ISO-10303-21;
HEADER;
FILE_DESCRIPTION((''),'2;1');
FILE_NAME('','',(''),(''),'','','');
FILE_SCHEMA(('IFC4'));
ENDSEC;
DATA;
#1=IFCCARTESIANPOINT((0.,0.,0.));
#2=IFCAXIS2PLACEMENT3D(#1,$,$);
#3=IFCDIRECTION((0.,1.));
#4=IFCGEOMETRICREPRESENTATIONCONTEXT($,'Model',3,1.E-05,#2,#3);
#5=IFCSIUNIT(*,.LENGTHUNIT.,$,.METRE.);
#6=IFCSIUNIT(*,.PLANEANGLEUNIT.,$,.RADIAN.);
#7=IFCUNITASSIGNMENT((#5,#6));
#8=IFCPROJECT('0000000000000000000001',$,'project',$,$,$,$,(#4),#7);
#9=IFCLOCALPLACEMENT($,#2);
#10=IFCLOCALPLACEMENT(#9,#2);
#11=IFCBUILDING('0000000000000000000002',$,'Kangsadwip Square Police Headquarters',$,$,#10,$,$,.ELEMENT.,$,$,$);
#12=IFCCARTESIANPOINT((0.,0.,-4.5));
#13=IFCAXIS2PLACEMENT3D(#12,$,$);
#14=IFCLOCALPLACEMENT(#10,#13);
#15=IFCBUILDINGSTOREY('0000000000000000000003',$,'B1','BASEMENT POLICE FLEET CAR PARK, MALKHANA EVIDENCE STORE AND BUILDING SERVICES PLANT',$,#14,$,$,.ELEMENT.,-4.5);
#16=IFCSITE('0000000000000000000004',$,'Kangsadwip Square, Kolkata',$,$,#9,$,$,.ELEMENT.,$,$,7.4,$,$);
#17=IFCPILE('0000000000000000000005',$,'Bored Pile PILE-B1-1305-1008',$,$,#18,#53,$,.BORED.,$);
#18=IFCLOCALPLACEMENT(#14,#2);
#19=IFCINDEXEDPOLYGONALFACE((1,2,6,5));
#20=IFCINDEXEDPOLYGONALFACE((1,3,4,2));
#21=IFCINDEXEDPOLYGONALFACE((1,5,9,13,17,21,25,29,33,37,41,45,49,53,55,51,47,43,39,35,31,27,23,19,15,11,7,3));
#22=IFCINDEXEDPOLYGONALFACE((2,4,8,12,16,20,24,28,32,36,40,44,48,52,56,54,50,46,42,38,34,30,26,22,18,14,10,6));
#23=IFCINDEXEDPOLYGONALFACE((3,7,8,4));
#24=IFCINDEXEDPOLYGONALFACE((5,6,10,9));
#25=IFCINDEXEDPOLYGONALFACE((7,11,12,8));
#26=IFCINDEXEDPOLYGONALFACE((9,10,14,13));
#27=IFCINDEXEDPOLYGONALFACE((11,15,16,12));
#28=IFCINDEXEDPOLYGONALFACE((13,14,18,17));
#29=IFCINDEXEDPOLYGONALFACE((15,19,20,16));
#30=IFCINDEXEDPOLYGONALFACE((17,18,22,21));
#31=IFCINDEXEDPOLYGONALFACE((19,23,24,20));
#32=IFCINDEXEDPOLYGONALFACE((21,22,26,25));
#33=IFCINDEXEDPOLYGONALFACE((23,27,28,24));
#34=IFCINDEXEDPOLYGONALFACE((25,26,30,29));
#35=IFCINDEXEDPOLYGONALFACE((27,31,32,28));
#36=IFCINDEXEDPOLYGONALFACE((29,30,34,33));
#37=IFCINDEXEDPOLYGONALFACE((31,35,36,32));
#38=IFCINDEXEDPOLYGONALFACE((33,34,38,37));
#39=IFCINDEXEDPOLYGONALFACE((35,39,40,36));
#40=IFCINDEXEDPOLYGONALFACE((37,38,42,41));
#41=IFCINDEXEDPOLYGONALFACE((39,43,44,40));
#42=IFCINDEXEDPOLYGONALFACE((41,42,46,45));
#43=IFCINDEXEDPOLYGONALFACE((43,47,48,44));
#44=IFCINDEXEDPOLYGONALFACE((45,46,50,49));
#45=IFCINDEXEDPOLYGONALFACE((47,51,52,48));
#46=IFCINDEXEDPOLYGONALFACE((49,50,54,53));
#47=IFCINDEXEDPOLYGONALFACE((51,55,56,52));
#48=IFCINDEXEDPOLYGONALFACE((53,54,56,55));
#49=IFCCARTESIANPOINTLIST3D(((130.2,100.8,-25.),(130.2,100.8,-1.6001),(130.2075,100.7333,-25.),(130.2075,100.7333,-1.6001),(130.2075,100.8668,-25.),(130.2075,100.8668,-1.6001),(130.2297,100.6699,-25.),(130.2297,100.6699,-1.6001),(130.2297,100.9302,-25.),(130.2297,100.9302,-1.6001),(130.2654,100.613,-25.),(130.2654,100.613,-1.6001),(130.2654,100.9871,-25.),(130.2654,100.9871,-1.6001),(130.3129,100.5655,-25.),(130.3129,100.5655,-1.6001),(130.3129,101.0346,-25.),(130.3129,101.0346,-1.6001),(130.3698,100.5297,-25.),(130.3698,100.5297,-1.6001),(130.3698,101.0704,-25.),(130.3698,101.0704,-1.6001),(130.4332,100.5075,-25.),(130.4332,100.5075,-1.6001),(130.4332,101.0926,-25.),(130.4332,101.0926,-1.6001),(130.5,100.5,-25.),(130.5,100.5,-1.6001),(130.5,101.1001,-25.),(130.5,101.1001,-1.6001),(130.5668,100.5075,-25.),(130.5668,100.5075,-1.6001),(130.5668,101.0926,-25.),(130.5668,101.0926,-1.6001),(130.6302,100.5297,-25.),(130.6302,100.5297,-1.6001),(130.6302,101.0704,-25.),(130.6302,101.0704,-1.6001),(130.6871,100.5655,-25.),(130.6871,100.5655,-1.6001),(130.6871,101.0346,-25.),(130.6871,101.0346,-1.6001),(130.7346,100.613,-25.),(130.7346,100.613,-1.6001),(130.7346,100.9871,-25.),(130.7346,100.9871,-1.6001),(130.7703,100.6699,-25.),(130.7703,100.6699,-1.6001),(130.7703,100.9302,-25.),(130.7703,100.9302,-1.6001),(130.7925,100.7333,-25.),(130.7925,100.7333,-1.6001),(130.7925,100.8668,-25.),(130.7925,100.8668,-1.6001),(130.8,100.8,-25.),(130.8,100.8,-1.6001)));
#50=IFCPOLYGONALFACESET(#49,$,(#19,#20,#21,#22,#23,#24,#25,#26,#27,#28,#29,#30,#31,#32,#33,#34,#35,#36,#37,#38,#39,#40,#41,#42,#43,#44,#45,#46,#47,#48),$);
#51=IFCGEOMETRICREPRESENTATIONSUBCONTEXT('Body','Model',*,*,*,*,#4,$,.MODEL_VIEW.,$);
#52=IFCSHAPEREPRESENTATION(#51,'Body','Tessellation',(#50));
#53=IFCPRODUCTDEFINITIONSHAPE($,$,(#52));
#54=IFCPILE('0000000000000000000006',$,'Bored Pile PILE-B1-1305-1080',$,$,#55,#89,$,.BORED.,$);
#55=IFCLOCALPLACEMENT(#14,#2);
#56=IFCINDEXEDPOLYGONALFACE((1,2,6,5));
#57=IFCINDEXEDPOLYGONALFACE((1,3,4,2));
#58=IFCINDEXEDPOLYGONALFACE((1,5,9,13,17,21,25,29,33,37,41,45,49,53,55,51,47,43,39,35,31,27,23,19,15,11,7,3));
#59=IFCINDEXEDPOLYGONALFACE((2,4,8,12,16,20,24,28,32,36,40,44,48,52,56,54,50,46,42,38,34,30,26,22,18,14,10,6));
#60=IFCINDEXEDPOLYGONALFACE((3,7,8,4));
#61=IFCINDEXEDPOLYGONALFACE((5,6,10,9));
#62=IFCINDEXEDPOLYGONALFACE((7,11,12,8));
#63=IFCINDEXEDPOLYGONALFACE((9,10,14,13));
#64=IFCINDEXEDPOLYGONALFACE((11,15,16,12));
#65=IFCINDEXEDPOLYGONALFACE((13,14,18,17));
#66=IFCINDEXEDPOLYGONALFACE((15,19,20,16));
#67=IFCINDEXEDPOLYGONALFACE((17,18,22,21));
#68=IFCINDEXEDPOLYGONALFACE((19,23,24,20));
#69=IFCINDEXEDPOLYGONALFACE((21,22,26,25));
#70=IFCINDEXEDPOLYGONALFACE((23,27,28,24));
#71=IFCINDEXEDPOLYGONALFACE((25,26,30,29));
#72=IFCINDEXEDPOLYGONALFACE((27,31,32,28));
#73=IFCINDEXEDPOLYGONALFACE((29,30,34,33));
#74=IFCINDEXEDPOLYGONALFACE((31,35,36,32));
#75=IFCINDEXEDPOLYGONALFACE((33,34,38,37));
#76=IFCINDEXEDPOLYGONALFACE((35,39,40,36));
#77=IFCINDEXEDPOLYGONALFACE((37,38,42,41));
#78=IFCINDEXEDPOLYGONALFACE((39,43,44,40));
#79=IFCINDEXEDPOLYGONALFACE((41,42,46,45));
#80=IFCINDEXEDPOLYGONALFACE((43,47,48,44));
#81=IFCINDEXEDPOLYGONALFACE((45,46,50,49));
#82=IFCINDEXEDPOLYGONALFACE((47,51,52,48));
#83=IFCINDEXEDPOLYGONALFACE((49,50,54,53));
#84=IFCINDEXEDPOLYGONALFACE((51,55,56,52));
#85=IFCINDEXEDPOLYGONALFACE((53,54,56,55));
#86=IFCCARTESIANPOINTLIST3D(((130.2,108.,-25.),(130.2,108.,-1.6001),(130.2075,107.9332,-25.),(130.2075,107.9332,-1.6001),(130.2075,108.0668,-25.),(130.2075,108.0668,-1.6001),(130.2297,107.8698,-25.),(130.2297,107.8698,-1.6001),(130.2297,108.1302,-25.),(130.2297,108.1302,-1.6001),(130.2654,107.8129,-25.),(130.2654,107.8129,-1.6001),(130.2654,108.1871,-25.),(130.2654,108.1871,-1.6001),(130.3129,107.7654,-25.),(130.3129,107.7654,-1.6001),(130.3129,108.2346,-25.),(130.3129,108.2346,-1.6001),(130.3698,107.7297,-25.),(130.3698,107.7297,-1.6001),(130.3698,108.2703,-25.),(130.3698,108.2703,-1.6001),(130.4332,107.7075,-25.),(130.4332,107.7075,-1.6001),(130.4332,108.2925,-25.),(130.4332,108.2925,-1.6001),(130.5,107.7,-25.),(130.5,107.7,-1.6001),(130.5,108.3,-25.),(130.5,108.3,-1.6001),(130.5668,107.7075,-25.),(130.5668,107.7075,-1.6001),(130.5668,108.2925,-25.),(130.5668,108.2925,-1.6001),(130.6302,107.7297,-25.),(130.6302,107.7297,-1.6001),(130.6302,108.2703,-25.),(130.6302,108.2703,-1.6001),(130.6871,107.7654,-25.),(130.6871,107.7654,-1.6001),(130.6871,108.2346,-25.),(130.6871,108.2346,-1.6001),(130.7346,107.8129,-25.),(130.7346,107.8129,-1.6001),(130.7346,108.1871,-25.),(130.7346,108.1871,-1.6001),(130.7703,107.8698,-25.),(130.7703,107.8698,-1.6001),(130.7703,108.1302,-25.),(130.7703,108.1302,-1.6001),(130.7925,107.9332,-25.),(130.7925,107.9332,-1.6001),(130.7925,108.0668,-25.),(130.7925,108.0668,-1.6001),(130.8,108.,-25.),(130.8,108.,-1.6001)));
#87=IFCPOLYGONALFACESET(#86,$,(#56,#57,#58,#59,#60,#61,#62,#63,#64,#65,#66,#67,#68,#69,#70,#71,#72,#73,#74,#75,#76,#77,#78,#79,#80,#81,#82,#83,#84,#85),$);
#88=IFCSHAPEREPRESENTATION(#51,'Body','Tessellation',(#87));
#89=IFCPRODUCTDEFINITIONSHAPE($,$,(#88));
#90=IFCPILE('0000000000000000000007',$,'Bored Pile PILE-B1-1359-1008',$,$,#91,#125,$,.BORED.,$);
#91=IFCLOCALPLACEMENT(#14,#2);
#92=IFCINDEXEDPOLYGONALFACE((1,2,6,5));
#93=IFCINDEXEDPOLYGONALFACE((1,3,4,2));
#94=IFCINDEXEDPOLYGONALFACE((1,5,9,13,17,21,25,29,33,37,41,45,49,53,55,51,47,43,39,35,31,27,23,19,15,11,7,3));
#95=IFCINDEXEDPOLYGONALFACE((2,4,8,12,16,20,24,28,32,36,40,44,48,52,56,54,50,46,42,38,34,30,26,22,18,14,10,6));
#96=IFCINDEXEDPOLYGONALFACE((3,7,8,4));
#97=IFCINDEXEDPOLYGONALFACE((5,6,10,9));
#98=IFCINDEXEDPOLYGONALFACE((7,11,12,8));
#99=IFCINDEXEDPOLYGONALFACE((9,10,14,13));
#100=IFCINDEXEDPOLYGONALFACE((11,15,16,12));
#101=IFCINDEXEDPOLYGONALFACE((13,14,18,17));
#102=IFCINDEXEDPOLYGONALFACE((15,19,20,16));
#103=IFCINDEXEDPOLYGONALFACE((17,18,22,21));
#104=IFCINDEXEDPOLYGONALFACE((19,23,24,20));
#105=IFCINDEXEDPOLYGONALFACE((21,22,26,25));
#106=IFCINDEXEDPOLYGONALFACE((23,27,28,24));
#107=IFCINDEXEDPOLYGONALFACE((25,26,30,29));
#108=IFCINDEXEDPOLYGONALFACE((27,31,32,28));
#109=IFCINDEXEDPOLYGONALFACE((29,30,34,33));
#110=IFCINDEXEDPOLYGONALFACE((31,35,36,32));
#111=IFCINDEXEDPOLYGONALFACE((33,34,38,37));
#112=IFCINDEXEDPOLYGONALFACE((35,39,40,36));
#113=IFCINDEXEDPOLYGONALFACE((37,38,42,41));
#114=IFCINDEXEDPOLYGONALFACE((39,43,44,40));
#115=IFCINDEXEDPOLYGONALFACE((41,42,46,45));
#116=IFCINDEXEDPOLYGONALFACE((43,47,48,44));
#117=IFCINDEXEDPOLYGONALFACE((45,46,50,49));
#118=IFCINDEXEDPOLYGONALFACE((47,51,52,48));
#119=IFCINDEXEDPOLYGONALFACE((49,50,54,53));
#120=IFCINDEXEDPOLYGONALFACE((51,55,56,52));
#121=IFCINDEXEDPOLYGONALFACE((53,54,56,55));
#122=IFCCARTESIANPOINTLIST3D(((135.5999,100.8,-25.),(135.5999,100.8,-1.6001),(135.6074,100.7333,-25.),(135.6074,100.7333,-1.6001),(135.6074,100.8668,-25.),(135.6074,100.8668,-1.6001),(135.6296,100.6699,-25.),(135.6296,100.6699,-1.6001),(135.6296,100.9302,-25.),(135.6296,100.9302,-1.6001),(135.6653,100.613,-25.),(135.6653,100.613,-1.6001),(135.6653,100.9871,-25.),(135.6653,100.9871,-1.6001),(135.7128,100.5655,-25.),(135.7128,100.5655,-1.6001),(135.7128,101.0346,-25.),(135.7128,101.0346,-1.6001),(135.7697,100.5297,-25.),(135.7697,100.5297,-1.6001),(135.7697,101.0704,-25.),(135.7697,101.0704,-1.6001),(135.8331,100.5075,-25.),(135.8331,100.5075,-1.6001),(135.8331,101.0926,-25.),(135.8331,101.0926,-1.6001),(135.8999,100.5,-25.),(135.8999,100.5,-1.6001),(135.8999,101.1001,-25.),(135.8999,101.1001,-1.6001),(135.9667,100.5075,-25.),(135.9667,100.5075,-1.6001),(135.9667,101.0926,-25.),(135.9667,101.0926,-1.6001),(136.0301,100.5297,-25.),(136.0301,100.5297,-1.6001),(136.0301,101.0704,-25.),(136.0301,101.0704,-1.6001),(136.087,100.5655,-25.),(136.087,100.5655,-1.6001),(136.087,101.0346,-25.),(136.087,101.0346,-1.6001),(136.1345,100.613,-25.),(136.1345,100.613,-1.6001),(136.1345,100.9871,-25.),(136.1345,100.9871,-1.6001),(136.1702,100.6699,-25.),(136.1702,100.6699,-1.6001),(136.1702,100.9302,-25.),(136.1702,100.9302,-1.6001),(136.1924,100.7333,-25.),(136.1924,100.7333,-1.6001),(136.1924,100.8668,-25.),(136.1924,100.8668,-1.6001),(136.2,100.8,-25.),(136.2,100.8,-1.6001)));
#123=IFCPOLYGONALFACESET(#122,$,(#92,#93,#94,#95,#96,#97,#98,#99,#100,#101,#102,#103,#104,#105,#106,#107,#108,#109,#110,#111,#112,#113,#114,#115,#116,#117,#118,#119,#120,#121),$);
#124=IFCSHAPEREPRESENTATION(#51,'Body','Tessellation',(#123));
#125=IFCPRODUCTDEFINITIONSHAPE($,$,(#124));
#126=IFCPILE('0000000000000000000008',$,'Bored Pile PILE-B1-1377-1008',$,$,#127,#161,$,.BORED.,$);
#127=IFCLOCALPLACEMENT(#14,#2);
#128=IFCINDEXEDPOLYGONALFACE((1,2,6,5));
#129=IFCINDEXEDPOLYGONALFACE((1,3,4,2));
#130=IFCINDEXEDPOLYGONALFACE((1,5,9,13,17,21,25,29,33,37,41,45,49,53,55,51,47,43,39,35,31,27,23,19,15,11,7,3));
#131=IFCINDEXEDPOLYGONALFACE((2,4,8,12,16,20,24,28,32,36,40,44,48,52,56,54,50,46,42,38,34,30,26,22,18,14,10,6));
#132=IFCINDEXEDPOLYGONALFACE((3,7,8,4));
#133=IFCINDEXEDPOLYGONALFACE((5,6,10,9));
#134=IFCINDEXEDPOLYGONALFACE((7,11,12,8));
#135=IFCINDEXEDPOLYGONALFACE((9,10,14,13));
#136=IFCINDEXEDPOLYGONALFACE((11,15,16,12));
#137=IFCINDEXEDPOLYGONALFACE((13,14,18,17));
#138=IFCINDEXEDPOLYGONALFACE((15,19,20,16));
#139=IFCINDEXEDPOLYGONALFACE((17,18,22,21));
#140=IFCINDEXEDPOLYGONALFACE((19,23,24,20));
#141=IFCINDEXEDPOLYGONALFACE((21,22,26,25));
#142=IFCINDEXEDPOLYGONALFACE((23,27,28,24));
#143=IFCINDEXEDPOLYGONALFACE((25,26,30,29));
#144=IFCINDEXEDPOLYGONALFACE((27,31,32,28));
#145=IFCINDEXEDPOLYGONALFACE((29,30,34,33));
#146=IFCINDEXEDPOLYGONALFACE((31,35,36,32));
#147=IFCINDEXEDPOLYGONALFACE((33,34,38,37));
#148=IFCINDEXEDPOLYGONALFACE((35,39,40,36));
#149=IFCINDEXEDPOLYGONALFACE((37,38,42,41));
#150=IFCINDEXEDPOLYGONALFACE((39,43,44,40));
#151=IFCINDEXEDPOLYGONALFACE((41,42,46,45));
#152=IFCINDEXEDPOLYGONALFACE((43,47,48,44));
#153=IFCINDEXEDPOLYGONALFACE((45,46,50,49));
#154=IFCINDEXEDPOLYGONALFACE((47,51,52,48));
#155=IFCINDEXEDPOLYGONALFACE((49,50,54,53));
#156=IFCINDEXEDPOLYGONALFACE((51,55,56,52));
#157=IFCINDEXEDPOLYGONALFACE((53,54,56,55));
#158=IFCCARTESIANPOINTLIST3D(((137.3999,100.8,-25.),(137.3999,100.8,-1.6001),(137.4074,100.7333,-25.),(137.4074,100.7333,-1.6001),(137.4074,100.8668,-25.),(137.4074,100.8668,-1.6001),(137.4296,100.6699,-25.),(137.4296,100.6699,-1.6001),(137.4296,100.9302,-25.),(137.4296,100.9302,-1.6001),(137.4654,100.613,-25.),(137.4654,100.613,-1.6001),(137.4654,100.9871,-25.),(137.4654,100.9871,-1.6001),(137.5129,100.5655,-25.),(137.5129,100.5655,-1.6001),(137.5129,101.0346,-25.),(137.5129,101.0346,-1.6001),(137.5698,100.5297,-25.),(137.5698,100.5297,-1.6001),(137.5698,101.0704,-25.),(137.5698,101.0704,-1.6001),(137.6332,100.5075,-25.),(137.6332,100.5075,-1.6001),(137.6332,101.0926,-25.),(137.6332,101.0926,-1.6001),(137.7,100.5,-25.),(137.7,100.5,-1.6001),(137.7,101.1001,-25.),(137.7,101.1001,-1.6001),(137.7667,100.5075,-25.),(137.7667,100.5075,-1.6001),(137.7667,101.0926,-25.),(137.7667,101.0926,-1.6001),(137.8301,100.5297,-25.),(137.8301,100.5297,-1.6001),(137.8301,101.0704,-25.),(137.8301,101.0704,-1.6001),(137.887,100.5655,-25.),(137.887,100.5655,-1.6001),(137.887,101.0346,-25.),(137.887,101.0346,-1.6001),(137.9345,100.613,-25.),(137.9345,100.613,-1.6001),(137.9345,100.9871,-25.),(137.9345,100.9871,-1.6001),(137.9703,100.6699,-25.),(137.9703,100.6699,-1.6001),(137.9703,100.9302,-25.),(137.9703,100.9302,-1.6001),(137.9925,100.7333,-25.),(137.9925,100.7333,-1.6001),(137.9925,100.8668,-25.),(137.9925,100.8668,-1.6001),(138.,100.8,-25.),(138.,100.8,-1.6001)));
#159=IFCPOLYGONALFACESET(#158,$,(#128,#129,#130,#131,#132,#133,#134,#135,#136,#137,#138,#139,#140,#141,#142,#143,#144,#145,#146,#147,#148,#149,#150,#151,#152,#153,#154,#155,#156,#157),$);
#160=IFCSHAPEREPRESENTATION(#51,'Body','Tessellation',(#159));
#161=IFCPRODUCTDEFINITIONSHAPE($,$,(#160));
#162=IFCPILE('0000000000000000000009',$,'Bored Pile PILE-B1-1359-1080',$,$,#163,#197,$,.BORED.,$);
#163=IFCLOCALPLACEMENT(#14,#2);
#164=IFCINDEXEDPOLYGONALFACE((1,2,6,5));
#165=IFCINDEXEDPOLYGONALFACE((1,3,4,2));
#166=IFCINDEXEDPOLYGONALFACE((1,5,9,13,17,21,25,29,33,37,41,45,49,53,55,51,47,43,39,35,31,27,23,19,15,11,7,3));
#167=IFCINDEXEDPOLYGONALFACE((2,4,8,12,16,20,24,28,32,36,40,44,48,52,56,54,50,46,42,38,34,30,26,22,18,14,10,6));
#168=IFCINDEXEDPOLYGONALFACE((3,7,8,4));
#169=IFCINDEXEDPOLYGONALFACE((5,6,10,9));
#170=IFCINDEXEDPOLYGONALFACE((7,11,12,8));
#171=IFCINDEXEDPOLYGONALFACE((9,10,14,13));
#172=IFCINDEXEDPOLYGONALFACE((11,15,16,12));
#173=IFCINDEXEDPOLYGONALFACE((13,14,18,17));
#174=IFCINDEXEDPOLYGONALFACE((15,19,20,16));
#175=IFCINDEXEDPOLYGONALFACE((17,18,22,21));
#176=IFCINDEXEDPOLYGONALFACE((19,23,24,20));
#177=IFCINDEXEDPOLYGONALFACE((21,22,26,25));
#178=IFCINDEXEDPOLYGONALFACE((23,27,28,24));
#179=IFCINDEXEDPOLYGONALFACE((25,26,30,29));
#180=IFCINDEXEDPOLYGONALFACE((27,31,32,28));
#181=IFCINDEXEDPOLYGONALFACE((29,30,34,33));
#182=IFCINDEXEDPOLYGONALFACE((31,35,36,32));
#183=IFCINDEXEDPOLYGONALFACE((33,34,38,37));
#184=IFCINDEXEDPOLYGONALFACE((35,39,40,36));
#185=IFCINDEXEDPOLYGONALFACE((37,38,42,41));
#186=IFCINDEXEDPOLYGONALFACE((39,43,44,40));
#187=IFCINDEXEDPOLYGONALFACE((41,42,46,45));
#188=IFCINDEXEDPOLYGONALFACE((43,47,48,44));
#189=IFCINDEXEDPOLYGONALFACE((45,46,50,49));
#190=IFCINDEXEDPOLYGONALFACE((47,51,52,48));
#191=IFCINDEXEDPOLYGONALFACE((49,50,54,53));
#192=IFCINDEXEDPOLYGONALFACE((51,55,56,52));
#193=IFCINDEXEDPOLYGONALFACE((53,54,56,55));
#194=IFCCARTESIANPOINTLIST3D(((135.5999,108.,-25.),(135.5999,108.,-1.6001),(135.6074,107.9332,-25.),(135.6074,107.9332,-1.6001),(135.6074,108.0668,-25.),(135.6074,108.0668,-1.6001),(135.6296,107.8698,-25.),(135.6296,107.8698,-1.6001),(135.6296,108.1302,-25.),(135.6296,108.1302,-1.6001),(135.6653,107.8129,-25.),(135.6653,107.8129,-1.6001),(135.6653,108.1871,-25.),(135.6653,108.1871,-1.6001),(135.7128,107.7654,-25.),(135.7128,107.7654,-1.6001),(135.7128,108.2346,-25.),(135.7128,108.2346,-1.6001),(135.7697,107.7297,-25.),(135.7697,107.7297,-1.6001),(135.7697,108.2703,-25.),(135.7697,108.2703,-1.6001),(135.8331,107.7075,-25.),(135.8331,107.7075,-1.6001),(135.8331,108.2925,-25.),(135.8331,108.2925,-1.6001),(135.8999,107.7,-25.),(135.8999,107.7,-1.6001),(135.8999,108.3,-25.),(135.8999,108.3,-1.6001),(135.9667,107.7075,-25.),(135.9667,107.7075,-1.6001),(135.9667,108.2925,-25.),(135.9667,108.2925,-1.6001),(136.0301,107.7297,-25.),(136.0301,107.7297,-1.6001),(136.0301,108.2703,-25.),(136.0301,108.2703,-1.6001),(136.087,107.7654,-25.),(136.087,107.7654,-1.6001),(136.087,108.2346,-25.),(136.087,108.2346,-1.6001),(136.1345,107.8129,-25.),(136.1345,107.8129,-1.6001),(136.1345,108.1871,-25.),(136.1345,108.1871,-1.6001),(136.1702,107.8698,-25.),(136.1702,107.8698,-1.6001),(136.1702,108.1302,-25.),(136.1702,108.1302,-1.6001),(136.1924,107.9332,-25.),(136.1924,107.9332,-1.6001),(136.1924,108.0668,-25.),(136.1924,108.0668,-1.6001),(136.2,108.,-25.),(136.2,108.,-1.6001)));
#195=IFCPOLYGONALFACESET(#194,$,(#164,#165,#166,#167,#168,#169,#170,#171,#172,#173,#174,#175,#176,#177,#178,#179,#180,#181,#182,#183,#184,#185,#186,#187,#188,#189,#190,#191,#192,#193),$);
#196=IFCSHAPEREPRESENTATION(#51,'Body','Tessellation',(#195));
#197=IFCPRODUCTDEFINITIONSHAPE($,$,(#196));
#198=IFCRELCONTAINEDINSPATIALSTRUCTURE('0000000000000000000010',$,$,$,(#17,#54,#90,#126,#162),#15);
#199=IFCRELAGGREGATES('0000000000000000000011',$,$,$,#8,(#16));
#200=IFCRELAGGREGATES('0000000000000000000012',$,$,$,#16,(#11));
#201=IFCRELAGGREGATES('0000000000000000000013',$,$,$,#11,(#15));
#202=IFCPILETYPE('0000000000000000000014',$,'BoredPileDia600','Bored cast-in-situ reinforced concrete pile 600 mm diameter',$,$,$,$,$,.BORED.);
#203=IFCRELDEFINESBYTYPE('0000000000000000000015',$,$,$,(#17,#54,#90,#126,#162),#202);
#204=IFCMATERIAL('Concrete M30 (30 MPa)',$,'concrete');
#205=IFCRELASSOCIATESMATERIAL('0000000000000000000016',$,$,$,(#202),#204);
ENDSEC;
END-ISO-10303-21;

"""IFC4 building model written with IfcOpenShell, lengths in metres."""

from ifc_helpers import new_model, si_unit, direction, frame, origin, origin_2d, place, context, subcontext, project, spatial, circle, extrude, material, material_profile, profile_set, type_object, element, save


model = new_model("IFC4")

# Units and contexts
model_context = context("Model", 3, precision=1e-05, world=origin(), true_north=direction((0.0, 1.0)))
body_context = subcontext(model_context, "Body", "Model", "MODEL_VIEW")
ifc_project = project(units=[si_unit("LENGTHUNIT", "METRE"), si_unit("PLANEANGLEUNIT", "RADIAN")], contexts=[model_context])

# Site, building, storey
site_placement = place(None, origin())
site = spatial("IfcSite", under=ifc_project, at=site_placement, Name="Kangsadwip Square, Kolkata", CompositionType="ELEMENT", RefElevation=7.4)
building_placement = place(site_placement, origin())
building = spatial("IfcBuilding", under=site, at=building_placement, Name="Kangsadwip Square Police Headquarters", CompositionType="ELEMENT")
storey_placement = place(building_placement, frame((0.0, 0.0, -4.5)))
storey = spatial("IfcBuildingStorey", under=building, at=storey_placement, Name="B1", Description="BASEMENT POLICE FLEET CAR PARK, MALKHANA EVIDENCE STORE AND BUILDING SERVICES PLANT", CompositionType="ELEMENT", Elevation=-4.5)

# Piles
ifc_material_1 = material(Name="Concrete M30 (30 MPa)", Category="concrete")
ifc_material_profile_1 = material_profile(ifc_material_1, circle(Radius=0.3, at=origin_2d()), Name="PILE DIA 600")
ifc_profile_set_1 = profile_set([ifc_material_profile_1], Name="Concrete M30 (30 MPa)")
pile_type_1 = type_object("IfcPileType", Name="BoredPileDia600", Description="Bored cast-in-situ reinforced concrete pile 600 mm diameter", PredefinedType="BORED", material=ifc_profile_set_1)
for number, where, z_axis, x_axis, name in (
    (1, (130.5, 100.8, -1.6001), (0.0, 0.0, -1.0), (1.0, 0.0, 0.0), "Bored Pile PILE-B1-1305-1008"),
    (2, (130.5, 108.0, -1.6001), (0.0, 0.0, -1.0), (1.0, 0.0, 0.0), "Bored Pile PILE-B1-1305-1080"),
    (3, (135.8999, 100.8, -1.6001), (0.0, 0.0, -1.0), (1.0, 0.0, 0.0), "Bored Pile PILE-B1-1359-1008"),
    (4, (137.7, 100.8, -1.6001), (0.0, 0.0, -1.0), (1.0, 0.0, 0.0), "Bored Pile PILE-B1-1377-1008"),
    (5, (135.8999, 108.0, -1.6001), (0.0, 0.0, -1.0), (1.0, 0.0, 0.0), "Bored Pile PILE-B1-1359-1080"),
):
    element("IfcPile", number, at=place(storey_placement, frame(where, z_axis=z_axis, x_axis=x_axis)), inside=storey, type_object=pile_type_1, Name=name, PredefinedType="BORED", context=body_context, shape_type="SweptSolid", body=[
        extrude(circle(Radius=0.3, at=origin_2d()), origin(), (0.0, 0.0, 1.0), 23.3999),
    ])

save(model, "model.ifc")
